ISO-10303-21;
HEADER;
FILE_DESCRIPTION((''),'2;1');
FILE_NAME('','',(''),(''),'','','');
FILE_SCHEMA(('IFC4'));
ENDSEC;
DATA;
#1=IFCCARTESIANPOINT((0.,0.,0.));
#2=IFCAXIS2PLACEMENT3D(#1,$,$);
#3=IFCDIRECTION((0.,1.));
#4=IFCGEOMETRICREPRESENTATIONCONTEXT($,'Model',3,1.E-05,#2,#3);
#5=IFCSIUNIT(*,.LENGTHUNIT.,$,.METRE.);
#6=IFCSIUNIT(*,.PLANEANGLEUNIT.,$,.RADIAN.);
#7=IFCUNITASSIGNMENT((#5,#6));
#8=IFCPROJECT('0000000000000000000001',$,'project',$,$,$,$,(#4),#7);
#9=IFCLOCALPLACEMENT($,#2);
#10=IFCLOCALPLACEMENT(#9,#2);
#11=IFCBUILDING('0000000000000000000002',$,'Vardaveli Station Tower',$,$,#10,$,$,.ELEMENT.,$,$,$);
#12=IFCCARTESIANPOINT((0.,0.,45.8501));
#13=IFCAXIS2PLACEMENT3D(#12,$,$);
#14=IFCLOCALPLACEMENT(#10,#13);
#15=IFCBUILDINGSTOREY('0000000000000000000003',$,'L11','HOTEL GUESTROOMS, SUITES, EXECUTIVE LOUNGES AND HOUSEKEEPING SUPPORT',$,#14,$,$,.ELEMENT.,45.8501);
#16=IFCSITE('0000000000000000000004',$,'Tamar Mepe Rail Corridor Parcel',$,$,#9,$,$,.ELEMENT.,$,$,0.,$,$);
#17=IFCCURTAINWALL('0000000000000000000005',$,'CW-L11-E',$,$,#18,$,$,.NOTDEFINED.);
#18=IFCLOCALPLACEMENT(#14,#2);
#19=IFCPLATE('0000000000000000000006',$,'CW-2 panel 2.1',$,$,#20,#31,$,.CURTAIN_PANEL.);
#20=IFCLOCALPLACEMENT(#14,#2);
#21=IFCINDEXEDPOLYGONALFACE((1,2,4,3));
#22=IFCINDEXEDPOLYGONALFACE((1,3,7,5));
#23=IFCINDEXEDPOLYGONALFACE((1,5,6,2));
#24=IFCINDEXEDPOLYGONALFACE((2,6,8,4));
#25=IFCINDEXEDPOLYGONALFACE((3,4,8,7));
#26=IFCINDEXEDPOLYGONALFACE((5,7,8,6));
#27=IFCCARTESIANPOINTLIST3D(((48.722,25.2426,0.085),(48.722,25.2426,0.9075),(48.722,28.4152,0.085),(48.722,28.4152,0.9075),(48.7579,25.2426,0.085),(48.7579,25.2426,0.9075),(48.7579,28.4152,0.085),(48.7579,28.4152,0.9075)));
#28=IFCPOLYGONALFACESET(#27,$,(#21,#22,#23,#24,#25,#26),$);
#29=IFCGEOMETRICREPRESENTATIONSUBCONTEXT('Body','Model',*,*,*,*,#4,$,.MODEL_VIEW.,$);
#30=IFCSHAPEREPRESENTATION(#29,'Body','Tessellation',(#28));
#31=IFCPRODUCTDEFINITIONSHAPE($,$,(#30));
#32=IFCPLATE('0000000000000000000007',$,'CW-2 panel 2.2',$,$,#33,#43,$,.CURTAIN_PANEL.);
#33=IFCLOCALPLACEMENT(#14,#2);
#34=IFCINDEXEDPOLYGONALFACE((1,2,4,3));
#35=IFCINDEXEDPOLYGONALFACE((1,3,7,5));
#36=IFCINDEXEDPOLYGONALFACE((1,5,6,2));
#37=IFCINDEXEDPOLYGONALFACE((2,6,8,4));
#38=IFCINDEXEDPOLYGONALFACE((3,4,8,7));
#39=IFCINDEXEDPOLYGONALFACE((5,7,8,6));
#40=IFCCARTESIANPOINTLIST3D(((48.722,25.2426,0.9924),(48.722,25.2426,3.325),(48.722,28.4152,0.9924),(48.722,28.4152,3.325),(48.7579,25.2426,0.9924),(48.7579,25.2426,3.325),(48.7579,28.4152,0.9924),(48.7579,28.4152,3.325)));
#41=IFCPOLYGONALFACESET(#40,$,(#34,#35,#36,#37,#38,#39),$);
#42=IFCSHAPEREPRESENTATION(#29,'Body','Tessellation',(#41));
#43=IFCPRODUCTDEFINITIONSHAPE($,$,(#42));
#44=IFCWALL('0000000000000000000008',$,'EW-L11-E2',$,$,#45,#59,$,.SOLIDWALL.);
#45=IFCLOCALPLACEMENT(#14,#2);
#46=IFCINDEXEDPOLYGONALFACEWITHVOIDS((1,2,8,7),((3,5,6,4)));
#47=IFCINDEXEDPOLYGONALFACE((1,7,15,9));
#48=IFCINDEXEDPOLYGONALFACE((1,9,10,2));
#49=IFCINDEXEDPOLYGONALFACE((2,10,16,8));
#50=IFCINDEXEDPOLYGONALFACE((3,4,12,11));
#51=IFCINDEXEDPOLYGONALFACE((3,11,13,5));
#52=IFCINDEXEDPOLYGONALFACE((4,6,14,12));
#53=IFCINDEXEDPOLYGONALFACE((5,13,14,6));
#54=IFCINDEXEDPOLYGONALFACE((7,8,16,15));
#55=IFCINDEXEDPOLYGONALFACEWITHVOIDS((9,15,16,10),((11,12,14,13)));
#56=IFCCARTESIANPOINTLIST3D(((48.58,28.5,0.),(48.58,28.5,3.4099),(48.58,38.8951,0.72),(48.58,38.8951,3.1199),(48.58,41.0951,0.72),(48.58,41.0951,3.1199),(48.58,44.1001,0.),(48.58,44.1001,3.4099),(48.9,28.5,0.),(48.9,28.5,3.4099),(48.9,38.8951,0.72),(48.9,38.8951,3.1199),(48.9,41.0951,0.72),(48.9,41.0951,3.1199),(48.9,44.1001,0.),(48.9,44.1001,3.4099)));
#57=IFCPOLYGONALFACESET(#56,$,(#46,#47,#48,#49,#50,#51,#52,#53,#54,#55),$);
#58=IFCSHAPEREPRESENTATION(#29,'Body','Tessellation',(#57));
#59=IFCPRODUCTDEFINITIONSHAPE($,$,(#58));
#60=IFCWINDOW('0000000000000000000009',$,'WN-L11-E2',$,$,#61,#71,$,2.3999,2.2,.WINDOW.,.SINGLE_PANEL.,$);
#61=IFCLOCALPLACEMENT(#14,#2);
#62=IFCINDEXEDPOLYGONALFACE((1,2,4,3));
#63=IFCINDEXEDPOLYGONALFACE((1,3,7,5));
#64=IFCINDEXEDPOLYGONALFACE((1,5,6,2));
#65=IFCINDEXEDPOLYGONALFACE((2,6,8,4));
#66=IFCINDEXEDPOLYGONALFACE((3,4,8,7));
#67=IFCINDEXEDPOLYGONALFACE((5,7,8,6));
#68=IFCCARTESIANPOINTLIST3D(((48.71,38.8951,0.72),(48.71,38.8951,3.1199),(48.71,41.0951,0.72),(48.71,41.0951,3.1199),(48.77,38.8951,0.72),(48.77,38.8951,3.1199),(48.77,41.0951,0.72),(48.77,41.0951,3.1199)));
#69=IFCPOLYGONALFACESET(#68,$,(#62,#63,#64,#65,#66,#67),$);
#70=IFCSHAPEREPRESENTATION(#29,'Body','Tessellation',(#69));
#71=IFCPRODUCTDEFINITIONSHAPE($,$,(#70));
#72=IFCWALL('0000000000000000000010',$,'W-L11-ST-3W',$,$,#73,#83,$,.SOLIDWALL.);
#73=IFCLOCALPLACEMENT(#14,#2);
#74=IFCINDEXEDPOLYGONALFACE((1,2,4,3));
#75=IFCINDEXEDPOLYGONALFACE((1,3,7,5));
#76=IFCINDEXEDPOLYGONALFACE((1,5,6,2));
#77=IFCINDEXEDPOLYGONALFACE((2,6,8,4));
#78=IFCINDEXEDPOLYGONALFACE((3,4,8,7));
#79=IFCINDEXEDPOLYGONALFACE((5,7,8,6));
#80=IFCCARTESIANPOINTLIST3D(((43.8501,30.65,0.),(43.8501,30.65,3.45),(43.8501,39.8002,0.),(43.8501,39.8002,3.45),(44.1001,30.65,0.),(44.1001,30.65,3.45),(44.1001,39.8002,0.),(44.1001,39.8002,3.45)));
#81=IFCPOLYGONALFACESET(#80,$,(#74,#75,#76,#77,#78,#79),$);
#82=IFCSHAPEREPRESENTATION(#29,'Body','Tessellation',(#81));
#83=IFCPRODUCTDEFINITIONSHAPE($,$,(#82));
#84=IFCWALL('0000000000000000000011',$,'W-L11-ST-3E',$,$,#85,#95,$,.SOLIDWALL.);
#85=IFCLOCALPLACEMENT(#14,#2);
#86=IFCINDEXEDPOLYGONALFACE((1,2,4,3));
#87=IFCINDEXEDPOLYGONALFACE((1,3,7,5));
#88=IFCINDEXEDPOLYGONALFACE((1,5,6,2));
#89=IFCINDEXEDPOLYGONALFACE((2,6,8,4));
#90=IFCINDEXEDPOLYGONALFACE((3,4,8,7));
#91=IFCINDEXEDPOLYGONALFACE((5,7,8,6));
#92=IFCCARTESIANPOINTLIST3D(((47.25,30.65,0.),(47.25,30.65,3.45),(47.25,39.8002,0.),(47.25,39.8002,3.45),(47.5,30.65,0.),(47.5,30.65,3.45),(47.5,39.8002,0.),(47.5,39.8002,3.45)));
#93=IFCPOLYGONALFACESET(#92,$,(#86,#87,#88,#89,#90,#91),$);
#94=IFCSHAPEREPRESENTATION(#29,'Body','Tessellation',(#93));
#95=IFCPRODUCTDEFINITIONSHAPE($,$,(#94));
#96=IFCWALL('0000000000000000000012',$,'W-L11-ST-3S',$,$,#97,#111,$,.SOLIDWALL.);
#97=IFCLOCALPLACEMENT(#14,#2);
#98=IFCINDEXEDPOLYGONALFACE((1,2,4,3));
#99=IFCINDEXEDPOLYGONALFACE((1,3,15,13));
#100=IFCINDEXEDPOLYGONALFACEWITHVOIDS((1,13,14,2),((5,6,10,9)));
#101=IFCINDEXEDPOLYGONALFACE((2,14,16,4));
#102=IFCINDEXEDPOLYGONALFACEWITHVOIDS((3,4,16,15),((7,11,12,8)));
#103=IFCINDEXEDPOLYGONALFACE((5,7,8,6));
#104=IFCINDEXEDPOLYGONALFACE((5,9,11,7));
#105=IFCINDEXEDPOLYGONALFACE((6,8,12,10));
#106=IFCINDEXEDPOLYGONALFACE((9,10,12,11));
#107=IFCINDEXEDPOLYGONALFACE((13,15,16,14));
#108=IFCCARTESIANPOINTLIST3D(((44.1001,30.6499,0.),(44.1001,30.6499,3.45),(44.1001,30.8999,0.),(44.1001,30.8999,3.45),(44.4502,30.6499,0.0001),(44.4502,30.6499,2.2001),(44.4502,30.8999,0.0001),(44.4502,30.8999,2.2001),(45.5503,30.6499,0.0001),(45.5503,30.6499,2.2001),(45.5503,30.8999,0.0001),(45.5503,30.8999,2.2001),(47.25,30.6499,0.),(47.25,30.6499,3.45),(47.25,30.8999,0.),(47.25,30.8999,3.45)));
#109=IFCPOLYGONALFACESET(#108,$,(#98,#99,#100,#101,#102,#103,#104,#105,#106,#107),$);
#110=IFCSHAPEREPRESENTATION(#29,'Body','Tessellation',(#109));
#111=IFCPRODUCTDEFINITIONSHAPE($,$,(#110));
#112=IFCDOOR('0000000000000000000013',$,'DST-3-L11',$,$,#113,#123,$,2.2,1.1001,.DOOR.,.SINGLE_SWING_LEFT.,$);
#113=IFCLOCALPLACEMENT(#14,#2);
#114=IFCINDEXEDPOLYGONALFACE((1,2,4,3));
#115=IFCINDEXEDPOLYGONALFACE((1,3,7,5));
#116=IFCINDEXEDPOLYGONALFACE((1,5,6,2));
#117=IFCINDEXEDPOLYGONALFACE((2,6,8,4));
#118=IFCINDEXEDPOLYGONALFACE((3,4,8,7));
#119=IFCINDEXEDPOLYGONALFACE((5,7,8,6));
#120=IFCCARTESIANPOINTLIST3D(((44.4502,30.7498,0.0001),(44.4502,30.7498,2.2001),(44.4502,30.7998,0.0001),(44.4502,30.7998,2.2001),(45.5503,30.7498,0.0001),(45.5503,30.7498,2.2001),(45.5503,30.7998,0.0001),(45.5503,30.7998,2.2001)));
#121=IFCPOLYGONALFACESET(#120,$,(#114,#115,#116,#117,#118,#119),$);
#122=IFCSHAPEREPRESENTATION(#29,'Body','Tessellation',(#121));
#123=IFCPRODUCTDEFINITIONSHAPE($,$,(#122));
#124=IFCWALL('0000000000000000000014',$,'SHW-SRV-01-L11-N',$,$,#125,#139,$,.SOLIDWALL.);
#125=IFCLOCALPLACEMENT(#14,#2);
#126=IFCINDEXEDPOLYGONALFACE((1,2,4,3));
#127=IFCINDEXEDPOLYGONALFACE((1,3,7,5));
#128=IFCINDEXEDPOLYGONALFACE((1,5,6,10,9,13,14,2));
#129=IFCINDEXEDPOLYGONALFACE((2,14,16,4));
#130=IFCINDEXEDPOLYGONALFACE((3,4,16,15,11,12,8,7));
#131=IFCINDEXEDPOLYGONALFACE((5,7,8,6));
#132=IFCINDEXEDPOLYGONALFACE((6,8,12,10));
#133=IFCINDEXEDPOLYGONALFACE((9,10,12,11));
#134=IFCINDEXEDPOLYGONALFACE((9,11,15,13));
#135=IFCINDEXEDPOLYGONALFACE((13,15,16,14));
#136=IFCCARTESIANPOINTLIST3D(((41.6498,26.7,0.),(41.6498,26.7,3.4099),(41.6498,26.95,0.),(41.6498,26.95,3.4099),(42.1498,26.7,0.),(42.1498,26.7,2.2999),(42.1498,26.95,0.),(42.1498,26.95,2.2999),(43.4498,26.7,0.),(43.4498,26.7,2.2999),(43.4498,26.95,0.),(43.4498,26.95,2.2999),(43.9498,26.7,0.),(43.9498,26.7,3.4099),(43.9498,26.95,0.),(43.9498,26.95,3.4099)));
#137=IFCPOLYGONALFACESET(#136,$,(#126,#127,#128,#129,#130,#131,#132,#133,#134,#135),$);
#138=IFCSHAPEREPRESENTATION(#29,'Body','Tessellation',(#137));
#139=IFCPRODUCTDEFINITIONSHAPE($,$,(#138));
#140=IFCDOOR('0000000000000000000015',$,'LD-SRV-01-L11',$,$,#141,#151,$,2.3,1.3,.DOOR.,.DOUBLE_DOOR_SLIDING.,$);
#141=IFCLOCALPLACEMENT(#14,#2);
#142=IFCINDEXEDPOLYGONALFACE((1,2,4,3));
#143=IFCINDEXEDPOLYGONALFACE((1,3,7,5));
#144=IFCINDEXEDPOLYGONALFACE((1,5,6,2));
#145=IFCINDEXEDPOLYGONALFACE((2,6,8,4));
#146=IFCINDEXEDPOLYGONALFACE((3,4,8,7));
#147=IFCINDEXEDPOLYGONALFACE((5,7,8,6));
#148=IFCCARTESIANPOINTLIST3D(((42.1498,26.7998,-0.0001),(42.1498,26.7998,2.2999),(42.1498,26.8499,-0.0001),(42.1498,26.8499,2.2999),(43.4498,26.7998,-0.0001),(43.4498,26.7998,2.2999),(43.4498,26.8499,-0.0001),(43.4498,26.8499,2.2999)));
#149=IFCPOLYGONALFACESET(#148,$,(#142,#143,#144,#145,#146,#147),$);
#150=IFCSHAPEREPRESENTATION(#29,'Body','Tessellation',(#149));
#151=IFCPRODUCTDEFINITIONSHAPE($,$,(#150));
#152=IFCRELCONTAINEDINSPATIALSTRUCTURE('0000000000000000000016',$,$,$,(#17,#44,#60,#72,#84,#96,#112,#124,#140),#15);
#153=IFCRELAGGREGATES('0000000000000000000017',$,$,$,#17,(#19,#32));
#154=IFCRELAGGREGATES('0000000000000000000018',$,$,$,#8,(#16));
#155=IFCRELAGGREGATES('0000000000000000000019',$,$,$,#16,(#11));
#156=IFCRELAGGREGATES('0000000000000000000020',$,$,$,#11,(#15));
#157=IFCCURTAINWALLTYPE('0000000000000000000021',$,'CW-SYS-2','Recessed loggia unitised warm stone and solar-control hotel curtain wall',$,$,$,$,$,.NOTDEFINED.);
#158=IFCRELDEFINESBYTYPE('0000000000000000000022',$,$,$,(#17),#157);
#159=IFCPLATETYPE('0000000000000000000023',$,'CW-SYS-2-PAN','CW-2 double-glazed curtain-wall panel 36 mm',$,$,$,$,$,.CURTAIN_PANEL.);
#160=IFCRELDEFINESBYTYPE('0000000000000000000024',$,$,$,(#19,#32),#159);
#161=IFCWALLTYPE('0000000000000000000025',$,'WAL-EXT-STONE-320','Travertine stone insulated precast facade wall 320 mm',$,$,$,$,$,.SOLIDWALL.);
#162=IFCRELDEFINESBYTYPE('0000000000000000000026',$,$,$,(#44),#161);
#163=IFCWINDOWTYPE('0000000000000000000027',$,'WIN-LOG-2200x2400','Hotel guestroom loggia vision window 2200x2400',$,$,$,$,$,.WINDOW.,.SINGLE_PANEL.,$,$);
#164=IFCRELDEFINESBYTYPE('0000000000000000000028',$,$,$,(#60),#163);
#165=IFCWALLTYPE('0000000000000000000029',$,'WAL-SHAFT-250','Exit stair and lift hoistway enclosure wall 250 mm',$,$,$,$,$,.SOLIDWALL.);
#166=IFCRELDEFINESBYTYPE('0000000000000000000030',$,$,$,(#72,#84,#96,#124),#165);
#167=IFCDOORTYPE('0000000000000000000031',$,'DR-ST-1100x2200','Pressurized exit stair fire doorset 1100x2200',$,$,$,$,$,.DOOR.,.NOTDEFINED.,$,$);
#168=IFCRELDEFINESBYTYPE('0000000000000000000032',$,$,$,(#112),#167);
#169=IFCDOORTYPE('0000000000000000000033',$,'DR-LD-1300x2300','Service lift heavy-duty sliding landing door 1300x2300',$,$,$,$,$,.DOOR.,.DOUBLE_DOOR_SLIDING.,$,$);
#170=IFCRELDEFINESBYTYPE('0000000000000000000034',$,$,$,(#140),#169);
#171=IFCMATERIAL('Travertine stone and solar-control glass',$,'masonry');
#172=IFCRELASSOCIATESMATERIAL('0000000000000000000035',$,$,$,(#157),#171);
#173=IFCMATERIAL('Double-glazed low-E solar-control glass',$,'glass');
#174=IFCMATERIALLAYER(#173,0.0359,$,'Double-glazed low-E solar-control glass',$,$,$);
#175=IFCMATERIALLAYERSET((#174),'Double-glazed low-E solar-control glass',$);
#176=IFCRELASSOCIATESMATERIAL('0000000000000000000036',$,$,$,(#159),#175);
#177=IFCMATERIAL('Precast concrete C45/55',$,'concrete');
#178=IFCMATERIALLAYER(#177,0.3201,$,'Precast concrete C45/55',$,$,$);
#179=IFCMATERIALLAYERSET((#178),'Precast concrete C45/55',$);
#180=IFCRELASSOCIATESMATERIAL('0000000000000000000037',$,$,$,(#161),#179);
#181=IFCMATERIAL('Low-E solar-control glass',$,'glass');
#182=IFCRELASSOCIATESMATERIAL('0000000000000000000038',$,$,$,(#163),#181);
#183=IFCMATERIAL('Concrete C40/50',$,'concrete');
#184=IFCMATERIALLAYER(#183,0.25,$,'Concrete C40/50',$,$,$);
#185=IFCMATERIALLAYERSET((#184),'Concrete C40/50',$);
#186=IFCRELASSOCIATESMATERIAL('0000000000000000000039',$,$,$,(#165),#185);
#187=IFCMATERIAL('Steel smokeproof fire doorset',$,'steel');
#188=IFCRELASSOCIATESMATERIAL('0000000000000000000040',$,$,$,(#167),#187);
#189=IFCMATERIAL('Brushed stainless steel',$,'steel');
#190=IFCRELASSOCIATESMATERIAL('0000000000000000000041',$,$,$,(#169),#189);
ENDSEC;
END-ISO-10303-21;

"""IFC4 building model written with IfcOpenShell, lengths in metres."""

from ifc_helpers import new_model, si_unit, direction, frame, frame_2d, origin, origin_2d, place, context, subcontext, project, spatial, rectangle, extrude, source, transform, mapped, material, layer, layer_set, type_object, element, fill, aggregate, save


model = new_model("IFC4")

# Units and contexts
model_context = context("Model", 3, precision=1e-05, world=origin(), true_north=direction((0.0, 1.0)))
body_context = subcontext(model_context, "Body", "Model", "MODEL_VIEW")
ifc_project = project(units=[si_unit("LENGTHUNIT", "METRE"), si_unit("PLANEANGLEUNIT", "RADIAN")], contexts=[model_context])

# Site, building, storey
site_placement = place(None, origin())
site = spatial("IfcSite", under=ifc_project, at=site_placement, Name="Tamar Mepe Rail Corridor Parcel", CompositionType="ELEMENT", RefElevation=0.0)
building_placement = place(site_placement, origin())
building = spatial("IfcBuilding", under=site, at=building_placement, Name="Vardaveli Station Tower", CompositionType="ELEMENT")
storey_placement = place(building_placement, frame((0.0, 0.0, 45.8501)))
storey = spatial("IfcBuildingStorey", under=building, at=storey_placement, Name="L11", Description="HOTEL GUESTROOMS, SUITES, EXECUTIVE LOUNGES AND HOUSEKEEPING SUPPORT", CompositionType="ELEMENT", Elevation=45.8501)

# Shared definitions
ifc_material_1 = material(Name="Precast concrete C45/55", Category="concrete")

# Curtain wall, plates
ifc_material_2 = material(Name="Travertine stone and solar-control glass", Category="masonry")
curtain_wall_type = type_object("IfcCurtainWallType", Name="CW-SYS-2", Description="Recessed loggia unitised warm stone and solar-control hotel curtain wall", PredefinedType="NOTDEFINED", material=ifc_material_2)
curtain_wall_placement = place(storey_placement, origin())
curtain_wall = element("IfcCurtainWall", 1, at=curtain_wall_placement, inside=storey, type_object=curtain_wall_type, Name="CW-L11-E", PredefinedType="NOTDEFINED")
ifc_material_3 = material(Name="Double-glazed low-E solar-control glass", Category="glass")
ifc_layer_1 = layer(ifc_material_3, 0.0359, Name="Double-glazed low-E solar-control glass")
ifc_layer_set_1 = layer_set([ifc_layer_1], Name="Double-glazed low-E solar-control glass")
plate_type = type_object("IfcPlateType", Name="CW-SYS-2-PAN", Description="CW-2 double-glazed curtain-wall panel 36 mm", PredefinedType="CURTAIN_PANEL", material=ifc_layer_set_1)
shared_shape_1 = source(origin(), body_context, "Body", "SweptSolid", [
    extrude(rectangle(XDim=3.1726, YDim=0.0359, at=origin_2d()), origin(), (0.0, 0.0, 1.0), 0.8225),
])
plate_1_placement = place(storey_placement, frame((48.74, 26.8289, 0.085), z_axis=(0.0, 0.0, 1.0), x_axis=(0.0, 1.0, 0.0)))
plate_1 = element("IfcPlate", 2, at=plate_1_placement, type_object=plate_type, Name="CW-2 panel 2.1", PredefinedType="CURTAIN_PANEL", context=body_context, shape_type="MappedRepresentation", body=[
    mapped(shared_shape_1, transform((0.0, 0.0, 0.0), scale=1.0)),
])
shared_shape_2 = source(origin(), body_context, "Body", "SweptSolid", [
    extrude(rectangle(XDim=3.1726, YDim=0.0359, at=origin_2d()), origin(), (0.0, 0.0, 1.0), 2.3325),
])
plate_2_placement = place(storey_placement, frame((48.74, 26.8289, 0.9924), z_axis=(0.0, 0.0, 1.0), x_axis=(0.0, 1.0, 0.0)))
plate_2 = element("IfcPlate", 3, at=plate_2_placement, type_object=plate_type, Name="CW-2 panel 2.2", PredefinedType="CURTAIN_PANEL", context=body_context, shape_type="MappedRepresentation", body=[
    mapped(shared_shape_2, transform((0.0, 0.0, 0.0), scale=1.0)),
])
aggregate(curtain_wall, [plate_1, plate_2])

# Wall, opening, window
ifc_layer_2 = layer(ifc_material_1, 0.3201, Name="Precast concrete C45/55")
ifc_layer_set_2 = layer_set([ifc_layer_2], Name="Precast concrete C45/55")
wall_type_1 = type_object("IfcWallType", Name="WAL-EXT-STONE-320", Description="Travertine stone insulated precast facade wall 320 mm", PredefinedType="SOLIDWALL", material=ifc_layer_set_2)
shared_shape_3 = source(origin(), body_context, "Body", "SweptSolid", [
    extrude(rectangle(XDim=15.6001, YDim=0.3201, at=frame_2d((7.8, 0.0))), origin(), (0.0, 0.0, 1.0), 3.4099),
])
wall_1_placement = place(storey_placement, frame((48.74, 28.5, 0.0), z_axis=(0.0, 0.0, 1.0), x_axis=(0.0, 1.0, 0.0)))
wall_1 = element("IfcWall", 4, at=wall_1_placement, inside=storey, type_object=wall_type_1, Name="EW-L11-E2", PredefinedType="SOLIDWALL", context=body_context, shape_type="MappedRepresentation", body=[
    mapped(shared_shape_3, transform((0.0, 0.0, 0.0), scale=1.0)),
])
shared_shape_4 = source(origin(), body_context, "Body", "SweptSolid", [
    extrude(rectangle(XDim=2.2, YDim=2.3999, at=frame_2d((1.1001, 1.2))), frame((0.0, 0.1699, 0.0), z_axis=(0.0, -1.0, 0.0), x_axis=(1.0, 0.0, 0.0)), (0.0, 0.0, 1.0), 0.3401),
])
opening_1_placement = place(wall_1_placement, frame((10.395, 0.0, 0.72)))
opening_1 = element("IfcOpeningElement", 5, at=opening_1_placement, cuts=wall_1, PredefinedType="OPENING", context=body_context, shape_type="MappedRepresentation", body=[
    mapped(shared_shape_4, transform((0.0, 0.0, 0.0), scale=1.0)),
])
ifc_material_4 = material(Name="Low-E solar-control glass", Category="glass")
window_type = type_object("IfcWindowType", Name="WIN-LOG-2200x2400", Description="Hotel guestroom loggia vision window 2200x2400", PartitioningType="SINGLE_PANEL", PredefinedType="WINDOW", material=ifc_material_4)
shared_shape_5 = source(origin(), body_context, "Body", "SweptSolid", [
    extrude(rectangle(XDim=2.2, YDim=2.3999, at=frame_2d((1.1001, 1.2))), frame((0.0, 0.03, 0.0), z_axis=(0.0, -1.0, 0.0), x_axis=(1.0, 0.0, 0.0)), (0.0, 0.0, 1.0), 0.0601),
])
window_placement = place(opening_1_placement, origin())
window = element("IfcWindow", 6, at=window_placement, inside=storey, type_object=window_type, Name="WN-L11-E2", OverallHeight=2.3999, OverallWidth=2.2, PartitioningType="SINGLE_PANEL", PredefinedType="WINDOW", context=body_context, shape_type="MappedRepresentation", body=[
    mapped(shared_shape_5, transform((0.0, 0.0, 0.0), scale=1.0)),
])
fill(opening_1, window)

# Walls
ifc_material_5 = material(Name="Concrete C40/50", Category="concrete")
ifc_layer_3 = layer(ifc_material_5, 0.25, Name="Concrete C40/50")
ifc_layer_set_3 = layer_set([ifc_layer_3], Name="Concrete C40/50")
wall_type_2 = type_object("IfcWallType", Name="WAL-SHAFT-250", Description="Exit stair and lift hoistway enclosure wall 250 mm", PredefinedType="SOLIDWALL", material=ifc_layer_set_3)
shared_shape_6 = source(origin(), body_context, "Body", "SweptSolid", [
    extrude(rectangle(XDim=9.1501, YDim=0.25, at=frame_2d((4.5752, 0.0))), origin(), (0.0, 0.0, 1.0), 3.45),
])
for number, where, z_axis, x_axis, name in (
    (7, (43.9751, 30.6499, 0.0), (0.0, 0.0, 1.0), (0.0, 1.0, 0.0), "W-L11-ST-3W"),
    (8, (47.375, 30.6499, 0.0), (0.0, 0.0, 1.0), (0.0, 1.0, 0.0), "W-L11-ST-3E"),
):
    element("IfcWall", number, at=place(storey_placement, frame(where, z_axis=z_axis, x_axis=x_axis)), inside=storey, type_object=wall_type_2, Name=name, PredefinedType="SOLIDWALL", context=body_context, shape_type="MappedRepresentation", body=[
        mapped(shared_shape_6, transform((0.0, 0.0, 0.0), scale=1.0)),
    ])

# Walls, openings, doors
shared_shape_7 = source(origin(), body_context, "Body", "SweptSolid", [
    extrude(rectangle(XDim=3.1499, YDim=0.25, at=frame_2d((1.575, 0.0))), origin(), (0.0, 0.0, 1.0), 3.45),
])
wall_2_placement = place(storey_placement, frame((44.1001, 30.7749, 0.0), z_axis=(0.0, 0.0, 1.0), x_axis=(1.0, 0.0, 0.0)))
wall_2 = element("IfcWall", 9, at=wall_2_placement, inside=storey, type_object=wall_type_2, Name="W-L11-ST-3S", PredefinedType="SOLIDWALL", context=body_context, shape_type="MappedRepresentation", body=[
    mapped(shared_shape_7, transform((0.0, 0.0, 0.0), scale=1.0)),
])
shared_shape_8 = source(origin(), body_context, "Body", "SweptSolid", [
    extrude(rectangle(XDim=1.1001, YDim=2.2, at=frame_2d((0.55, 1.1001))), frame((0.0, 0.135, 0.0), z_axis=(0.0, -1.0, 0.0), x_axis=(1.0, 0.0, 0.0)), (0.0, 0.0, 1.0), 0.27),
])
opening_2_placement = place(wall_2_placement, frame((0.3501, 0.0, 0.0)))
opening_2 = element("IfcOpeningElement", 10, at=opening_2_placement, cuts=wall_2, PredefinedType="OPENING", context=body_context, shape_type="MappedRepresentation", body=[
    mapped(shared_shape_8, transform((0.0, 0.0, 0.0), scale=1.0)),
])
ifc_material_6 = material(Name="Steel smokeproof fire doorset", Category="steel")
door_type_1 = type_object("IfcDoorType", Name="DR-ST-1100x2200", Description="Pressurized exit stair fire doorset 1100x2200", OperationType="NOTDEFINED", PredefinedType="DOOR", material=ifc_material_6)
shared_shape_9 = source(origin(), body_context, "Body", "SweptSolid", [
    extrude(rectangle(XDim=1.1001, YDim=2.2, at=frame_2d((0.55, 1.1001))), frame((0.0, 0.0249, 0.0), z_axis=(0.0, -1.0, 0.0), x_axis=(1.0, 0.0, 0.0)), (0.0, 0.0, 1.0), 0.05),
])
door_1_placement = place(opening_2_placement, origin())
door_1 = element("IfcDoor", 11, at=door_1_placement, inside=storey, type_object=door_type_1, Name="DST-3-L11", OperationType="SINGLE_SWING_LEFT", OverallHeight=2.2, OverallWidth=1.1001, PredefinedType="DOOR", context=body_context, shape_type="MappedRepresentation", body=[
    mapped(shared_shape_9, transform((0.0, 0.0, 0.0), scale=1.0)),
])
fill(opening_2, door_1)
shared_shape_10 = source(origin(), body_context, "Body", "SweptSolid", [
    extrude(rectangle(XDim=2.3, YDim=0.25, at=frame_2d((1.1499, 0.0))), origin(), (0.0, 0.0, 1.0), 3.4099),
])
wall_3_placement = place(storey_placement, frame((41.6499, 26.825, 0.0), z_axis=(0.0, 0.0, 1.0), x_axis=(1.0, 0.0, 0.0)))
wall_3 = element("IfcWall", 12, at=wall_3_placement, inside=storey, type_object=wall_type_2, Name="SHW-SRV-01-L11-N", PredefinedType="SOLIDWALL", context=body_context, shape_type="MappedRepresentation", body=[
    mapped(shared_shape_10, transform((0.0, 0.0, 0.0), scale=1.0)),
])
shared_shape_11 = source(origin(), body_context, "Body", "SweptSolid", [
    extrude(rectangle(XDim=1.3, YDim=2.3, at=frame_2d((0.6499, 1.1499))), frame((0.0, 0.135, 0.0), z_axis=(0.0, -1.0, 0.0), x_axis=(1.0, 0.0, 0.0)), (0.0, 0.0, 1.0), 0.27),
])
opening_3_placement = place(wall_3_placement, frame((0.5, 0.0, 0.0)))
opening_3 = element("IfcOpeningElement", 13, at=opening_3_placement, cuts=wall_3, PredefinedType="OPENING", context=body_context, shape_type="MappedRepresentation", body=[
    mapped(shared_shape_11, transform((0.0, 0.0, 0.0), scale=1.0)),
])
ifc_material_7 = material(Name="Brushed stainless steel", Category="steel")
door_type_2 = type_object("IfcDoorType", Name="DR-LD-1300x2300", Description="Service lift heavy-duty sliding landing door 1300x2300", OperationType="DOUBLE_DOOR_SLIDING", PredefinedType="DOOR", material=ifc_material_7)
shared_shape_12 = source(origin(), body_context, "Body", "SweptSolid", [
    extrude(rectangle(XDim=1.3, YDim=2.3, at=frame_2d((0.6499, 1.1499))), frame((0.0, 0.0249, 0.0), z_axis=(0.0, -1.0, 0.0), x_axis=(1.0, 0.0, 0.0)), (0.0, 0.0, 1.0), 0.05),
])
door_2_placement = place(opening_3_placement, origin())
door_2 = element("IfcDoor", 14, at=door_2_placement, inside=storey, type_object=door_type_2, Name="LD-SRV-01-L11", OperationType="DOUBLE_DOOR_SLIDING", OverallHeight=2.3, OverallWidth=1.3, PredefinedType="DOOR", context=body_context, shape_type="MappedRepresentation", body=[
    mapped(shared_shape_12, transform((0.0, 0.0, 0.0), scale=1.0)),
])
fill(opening_3, door_2)

save(model, "model.ifc")
